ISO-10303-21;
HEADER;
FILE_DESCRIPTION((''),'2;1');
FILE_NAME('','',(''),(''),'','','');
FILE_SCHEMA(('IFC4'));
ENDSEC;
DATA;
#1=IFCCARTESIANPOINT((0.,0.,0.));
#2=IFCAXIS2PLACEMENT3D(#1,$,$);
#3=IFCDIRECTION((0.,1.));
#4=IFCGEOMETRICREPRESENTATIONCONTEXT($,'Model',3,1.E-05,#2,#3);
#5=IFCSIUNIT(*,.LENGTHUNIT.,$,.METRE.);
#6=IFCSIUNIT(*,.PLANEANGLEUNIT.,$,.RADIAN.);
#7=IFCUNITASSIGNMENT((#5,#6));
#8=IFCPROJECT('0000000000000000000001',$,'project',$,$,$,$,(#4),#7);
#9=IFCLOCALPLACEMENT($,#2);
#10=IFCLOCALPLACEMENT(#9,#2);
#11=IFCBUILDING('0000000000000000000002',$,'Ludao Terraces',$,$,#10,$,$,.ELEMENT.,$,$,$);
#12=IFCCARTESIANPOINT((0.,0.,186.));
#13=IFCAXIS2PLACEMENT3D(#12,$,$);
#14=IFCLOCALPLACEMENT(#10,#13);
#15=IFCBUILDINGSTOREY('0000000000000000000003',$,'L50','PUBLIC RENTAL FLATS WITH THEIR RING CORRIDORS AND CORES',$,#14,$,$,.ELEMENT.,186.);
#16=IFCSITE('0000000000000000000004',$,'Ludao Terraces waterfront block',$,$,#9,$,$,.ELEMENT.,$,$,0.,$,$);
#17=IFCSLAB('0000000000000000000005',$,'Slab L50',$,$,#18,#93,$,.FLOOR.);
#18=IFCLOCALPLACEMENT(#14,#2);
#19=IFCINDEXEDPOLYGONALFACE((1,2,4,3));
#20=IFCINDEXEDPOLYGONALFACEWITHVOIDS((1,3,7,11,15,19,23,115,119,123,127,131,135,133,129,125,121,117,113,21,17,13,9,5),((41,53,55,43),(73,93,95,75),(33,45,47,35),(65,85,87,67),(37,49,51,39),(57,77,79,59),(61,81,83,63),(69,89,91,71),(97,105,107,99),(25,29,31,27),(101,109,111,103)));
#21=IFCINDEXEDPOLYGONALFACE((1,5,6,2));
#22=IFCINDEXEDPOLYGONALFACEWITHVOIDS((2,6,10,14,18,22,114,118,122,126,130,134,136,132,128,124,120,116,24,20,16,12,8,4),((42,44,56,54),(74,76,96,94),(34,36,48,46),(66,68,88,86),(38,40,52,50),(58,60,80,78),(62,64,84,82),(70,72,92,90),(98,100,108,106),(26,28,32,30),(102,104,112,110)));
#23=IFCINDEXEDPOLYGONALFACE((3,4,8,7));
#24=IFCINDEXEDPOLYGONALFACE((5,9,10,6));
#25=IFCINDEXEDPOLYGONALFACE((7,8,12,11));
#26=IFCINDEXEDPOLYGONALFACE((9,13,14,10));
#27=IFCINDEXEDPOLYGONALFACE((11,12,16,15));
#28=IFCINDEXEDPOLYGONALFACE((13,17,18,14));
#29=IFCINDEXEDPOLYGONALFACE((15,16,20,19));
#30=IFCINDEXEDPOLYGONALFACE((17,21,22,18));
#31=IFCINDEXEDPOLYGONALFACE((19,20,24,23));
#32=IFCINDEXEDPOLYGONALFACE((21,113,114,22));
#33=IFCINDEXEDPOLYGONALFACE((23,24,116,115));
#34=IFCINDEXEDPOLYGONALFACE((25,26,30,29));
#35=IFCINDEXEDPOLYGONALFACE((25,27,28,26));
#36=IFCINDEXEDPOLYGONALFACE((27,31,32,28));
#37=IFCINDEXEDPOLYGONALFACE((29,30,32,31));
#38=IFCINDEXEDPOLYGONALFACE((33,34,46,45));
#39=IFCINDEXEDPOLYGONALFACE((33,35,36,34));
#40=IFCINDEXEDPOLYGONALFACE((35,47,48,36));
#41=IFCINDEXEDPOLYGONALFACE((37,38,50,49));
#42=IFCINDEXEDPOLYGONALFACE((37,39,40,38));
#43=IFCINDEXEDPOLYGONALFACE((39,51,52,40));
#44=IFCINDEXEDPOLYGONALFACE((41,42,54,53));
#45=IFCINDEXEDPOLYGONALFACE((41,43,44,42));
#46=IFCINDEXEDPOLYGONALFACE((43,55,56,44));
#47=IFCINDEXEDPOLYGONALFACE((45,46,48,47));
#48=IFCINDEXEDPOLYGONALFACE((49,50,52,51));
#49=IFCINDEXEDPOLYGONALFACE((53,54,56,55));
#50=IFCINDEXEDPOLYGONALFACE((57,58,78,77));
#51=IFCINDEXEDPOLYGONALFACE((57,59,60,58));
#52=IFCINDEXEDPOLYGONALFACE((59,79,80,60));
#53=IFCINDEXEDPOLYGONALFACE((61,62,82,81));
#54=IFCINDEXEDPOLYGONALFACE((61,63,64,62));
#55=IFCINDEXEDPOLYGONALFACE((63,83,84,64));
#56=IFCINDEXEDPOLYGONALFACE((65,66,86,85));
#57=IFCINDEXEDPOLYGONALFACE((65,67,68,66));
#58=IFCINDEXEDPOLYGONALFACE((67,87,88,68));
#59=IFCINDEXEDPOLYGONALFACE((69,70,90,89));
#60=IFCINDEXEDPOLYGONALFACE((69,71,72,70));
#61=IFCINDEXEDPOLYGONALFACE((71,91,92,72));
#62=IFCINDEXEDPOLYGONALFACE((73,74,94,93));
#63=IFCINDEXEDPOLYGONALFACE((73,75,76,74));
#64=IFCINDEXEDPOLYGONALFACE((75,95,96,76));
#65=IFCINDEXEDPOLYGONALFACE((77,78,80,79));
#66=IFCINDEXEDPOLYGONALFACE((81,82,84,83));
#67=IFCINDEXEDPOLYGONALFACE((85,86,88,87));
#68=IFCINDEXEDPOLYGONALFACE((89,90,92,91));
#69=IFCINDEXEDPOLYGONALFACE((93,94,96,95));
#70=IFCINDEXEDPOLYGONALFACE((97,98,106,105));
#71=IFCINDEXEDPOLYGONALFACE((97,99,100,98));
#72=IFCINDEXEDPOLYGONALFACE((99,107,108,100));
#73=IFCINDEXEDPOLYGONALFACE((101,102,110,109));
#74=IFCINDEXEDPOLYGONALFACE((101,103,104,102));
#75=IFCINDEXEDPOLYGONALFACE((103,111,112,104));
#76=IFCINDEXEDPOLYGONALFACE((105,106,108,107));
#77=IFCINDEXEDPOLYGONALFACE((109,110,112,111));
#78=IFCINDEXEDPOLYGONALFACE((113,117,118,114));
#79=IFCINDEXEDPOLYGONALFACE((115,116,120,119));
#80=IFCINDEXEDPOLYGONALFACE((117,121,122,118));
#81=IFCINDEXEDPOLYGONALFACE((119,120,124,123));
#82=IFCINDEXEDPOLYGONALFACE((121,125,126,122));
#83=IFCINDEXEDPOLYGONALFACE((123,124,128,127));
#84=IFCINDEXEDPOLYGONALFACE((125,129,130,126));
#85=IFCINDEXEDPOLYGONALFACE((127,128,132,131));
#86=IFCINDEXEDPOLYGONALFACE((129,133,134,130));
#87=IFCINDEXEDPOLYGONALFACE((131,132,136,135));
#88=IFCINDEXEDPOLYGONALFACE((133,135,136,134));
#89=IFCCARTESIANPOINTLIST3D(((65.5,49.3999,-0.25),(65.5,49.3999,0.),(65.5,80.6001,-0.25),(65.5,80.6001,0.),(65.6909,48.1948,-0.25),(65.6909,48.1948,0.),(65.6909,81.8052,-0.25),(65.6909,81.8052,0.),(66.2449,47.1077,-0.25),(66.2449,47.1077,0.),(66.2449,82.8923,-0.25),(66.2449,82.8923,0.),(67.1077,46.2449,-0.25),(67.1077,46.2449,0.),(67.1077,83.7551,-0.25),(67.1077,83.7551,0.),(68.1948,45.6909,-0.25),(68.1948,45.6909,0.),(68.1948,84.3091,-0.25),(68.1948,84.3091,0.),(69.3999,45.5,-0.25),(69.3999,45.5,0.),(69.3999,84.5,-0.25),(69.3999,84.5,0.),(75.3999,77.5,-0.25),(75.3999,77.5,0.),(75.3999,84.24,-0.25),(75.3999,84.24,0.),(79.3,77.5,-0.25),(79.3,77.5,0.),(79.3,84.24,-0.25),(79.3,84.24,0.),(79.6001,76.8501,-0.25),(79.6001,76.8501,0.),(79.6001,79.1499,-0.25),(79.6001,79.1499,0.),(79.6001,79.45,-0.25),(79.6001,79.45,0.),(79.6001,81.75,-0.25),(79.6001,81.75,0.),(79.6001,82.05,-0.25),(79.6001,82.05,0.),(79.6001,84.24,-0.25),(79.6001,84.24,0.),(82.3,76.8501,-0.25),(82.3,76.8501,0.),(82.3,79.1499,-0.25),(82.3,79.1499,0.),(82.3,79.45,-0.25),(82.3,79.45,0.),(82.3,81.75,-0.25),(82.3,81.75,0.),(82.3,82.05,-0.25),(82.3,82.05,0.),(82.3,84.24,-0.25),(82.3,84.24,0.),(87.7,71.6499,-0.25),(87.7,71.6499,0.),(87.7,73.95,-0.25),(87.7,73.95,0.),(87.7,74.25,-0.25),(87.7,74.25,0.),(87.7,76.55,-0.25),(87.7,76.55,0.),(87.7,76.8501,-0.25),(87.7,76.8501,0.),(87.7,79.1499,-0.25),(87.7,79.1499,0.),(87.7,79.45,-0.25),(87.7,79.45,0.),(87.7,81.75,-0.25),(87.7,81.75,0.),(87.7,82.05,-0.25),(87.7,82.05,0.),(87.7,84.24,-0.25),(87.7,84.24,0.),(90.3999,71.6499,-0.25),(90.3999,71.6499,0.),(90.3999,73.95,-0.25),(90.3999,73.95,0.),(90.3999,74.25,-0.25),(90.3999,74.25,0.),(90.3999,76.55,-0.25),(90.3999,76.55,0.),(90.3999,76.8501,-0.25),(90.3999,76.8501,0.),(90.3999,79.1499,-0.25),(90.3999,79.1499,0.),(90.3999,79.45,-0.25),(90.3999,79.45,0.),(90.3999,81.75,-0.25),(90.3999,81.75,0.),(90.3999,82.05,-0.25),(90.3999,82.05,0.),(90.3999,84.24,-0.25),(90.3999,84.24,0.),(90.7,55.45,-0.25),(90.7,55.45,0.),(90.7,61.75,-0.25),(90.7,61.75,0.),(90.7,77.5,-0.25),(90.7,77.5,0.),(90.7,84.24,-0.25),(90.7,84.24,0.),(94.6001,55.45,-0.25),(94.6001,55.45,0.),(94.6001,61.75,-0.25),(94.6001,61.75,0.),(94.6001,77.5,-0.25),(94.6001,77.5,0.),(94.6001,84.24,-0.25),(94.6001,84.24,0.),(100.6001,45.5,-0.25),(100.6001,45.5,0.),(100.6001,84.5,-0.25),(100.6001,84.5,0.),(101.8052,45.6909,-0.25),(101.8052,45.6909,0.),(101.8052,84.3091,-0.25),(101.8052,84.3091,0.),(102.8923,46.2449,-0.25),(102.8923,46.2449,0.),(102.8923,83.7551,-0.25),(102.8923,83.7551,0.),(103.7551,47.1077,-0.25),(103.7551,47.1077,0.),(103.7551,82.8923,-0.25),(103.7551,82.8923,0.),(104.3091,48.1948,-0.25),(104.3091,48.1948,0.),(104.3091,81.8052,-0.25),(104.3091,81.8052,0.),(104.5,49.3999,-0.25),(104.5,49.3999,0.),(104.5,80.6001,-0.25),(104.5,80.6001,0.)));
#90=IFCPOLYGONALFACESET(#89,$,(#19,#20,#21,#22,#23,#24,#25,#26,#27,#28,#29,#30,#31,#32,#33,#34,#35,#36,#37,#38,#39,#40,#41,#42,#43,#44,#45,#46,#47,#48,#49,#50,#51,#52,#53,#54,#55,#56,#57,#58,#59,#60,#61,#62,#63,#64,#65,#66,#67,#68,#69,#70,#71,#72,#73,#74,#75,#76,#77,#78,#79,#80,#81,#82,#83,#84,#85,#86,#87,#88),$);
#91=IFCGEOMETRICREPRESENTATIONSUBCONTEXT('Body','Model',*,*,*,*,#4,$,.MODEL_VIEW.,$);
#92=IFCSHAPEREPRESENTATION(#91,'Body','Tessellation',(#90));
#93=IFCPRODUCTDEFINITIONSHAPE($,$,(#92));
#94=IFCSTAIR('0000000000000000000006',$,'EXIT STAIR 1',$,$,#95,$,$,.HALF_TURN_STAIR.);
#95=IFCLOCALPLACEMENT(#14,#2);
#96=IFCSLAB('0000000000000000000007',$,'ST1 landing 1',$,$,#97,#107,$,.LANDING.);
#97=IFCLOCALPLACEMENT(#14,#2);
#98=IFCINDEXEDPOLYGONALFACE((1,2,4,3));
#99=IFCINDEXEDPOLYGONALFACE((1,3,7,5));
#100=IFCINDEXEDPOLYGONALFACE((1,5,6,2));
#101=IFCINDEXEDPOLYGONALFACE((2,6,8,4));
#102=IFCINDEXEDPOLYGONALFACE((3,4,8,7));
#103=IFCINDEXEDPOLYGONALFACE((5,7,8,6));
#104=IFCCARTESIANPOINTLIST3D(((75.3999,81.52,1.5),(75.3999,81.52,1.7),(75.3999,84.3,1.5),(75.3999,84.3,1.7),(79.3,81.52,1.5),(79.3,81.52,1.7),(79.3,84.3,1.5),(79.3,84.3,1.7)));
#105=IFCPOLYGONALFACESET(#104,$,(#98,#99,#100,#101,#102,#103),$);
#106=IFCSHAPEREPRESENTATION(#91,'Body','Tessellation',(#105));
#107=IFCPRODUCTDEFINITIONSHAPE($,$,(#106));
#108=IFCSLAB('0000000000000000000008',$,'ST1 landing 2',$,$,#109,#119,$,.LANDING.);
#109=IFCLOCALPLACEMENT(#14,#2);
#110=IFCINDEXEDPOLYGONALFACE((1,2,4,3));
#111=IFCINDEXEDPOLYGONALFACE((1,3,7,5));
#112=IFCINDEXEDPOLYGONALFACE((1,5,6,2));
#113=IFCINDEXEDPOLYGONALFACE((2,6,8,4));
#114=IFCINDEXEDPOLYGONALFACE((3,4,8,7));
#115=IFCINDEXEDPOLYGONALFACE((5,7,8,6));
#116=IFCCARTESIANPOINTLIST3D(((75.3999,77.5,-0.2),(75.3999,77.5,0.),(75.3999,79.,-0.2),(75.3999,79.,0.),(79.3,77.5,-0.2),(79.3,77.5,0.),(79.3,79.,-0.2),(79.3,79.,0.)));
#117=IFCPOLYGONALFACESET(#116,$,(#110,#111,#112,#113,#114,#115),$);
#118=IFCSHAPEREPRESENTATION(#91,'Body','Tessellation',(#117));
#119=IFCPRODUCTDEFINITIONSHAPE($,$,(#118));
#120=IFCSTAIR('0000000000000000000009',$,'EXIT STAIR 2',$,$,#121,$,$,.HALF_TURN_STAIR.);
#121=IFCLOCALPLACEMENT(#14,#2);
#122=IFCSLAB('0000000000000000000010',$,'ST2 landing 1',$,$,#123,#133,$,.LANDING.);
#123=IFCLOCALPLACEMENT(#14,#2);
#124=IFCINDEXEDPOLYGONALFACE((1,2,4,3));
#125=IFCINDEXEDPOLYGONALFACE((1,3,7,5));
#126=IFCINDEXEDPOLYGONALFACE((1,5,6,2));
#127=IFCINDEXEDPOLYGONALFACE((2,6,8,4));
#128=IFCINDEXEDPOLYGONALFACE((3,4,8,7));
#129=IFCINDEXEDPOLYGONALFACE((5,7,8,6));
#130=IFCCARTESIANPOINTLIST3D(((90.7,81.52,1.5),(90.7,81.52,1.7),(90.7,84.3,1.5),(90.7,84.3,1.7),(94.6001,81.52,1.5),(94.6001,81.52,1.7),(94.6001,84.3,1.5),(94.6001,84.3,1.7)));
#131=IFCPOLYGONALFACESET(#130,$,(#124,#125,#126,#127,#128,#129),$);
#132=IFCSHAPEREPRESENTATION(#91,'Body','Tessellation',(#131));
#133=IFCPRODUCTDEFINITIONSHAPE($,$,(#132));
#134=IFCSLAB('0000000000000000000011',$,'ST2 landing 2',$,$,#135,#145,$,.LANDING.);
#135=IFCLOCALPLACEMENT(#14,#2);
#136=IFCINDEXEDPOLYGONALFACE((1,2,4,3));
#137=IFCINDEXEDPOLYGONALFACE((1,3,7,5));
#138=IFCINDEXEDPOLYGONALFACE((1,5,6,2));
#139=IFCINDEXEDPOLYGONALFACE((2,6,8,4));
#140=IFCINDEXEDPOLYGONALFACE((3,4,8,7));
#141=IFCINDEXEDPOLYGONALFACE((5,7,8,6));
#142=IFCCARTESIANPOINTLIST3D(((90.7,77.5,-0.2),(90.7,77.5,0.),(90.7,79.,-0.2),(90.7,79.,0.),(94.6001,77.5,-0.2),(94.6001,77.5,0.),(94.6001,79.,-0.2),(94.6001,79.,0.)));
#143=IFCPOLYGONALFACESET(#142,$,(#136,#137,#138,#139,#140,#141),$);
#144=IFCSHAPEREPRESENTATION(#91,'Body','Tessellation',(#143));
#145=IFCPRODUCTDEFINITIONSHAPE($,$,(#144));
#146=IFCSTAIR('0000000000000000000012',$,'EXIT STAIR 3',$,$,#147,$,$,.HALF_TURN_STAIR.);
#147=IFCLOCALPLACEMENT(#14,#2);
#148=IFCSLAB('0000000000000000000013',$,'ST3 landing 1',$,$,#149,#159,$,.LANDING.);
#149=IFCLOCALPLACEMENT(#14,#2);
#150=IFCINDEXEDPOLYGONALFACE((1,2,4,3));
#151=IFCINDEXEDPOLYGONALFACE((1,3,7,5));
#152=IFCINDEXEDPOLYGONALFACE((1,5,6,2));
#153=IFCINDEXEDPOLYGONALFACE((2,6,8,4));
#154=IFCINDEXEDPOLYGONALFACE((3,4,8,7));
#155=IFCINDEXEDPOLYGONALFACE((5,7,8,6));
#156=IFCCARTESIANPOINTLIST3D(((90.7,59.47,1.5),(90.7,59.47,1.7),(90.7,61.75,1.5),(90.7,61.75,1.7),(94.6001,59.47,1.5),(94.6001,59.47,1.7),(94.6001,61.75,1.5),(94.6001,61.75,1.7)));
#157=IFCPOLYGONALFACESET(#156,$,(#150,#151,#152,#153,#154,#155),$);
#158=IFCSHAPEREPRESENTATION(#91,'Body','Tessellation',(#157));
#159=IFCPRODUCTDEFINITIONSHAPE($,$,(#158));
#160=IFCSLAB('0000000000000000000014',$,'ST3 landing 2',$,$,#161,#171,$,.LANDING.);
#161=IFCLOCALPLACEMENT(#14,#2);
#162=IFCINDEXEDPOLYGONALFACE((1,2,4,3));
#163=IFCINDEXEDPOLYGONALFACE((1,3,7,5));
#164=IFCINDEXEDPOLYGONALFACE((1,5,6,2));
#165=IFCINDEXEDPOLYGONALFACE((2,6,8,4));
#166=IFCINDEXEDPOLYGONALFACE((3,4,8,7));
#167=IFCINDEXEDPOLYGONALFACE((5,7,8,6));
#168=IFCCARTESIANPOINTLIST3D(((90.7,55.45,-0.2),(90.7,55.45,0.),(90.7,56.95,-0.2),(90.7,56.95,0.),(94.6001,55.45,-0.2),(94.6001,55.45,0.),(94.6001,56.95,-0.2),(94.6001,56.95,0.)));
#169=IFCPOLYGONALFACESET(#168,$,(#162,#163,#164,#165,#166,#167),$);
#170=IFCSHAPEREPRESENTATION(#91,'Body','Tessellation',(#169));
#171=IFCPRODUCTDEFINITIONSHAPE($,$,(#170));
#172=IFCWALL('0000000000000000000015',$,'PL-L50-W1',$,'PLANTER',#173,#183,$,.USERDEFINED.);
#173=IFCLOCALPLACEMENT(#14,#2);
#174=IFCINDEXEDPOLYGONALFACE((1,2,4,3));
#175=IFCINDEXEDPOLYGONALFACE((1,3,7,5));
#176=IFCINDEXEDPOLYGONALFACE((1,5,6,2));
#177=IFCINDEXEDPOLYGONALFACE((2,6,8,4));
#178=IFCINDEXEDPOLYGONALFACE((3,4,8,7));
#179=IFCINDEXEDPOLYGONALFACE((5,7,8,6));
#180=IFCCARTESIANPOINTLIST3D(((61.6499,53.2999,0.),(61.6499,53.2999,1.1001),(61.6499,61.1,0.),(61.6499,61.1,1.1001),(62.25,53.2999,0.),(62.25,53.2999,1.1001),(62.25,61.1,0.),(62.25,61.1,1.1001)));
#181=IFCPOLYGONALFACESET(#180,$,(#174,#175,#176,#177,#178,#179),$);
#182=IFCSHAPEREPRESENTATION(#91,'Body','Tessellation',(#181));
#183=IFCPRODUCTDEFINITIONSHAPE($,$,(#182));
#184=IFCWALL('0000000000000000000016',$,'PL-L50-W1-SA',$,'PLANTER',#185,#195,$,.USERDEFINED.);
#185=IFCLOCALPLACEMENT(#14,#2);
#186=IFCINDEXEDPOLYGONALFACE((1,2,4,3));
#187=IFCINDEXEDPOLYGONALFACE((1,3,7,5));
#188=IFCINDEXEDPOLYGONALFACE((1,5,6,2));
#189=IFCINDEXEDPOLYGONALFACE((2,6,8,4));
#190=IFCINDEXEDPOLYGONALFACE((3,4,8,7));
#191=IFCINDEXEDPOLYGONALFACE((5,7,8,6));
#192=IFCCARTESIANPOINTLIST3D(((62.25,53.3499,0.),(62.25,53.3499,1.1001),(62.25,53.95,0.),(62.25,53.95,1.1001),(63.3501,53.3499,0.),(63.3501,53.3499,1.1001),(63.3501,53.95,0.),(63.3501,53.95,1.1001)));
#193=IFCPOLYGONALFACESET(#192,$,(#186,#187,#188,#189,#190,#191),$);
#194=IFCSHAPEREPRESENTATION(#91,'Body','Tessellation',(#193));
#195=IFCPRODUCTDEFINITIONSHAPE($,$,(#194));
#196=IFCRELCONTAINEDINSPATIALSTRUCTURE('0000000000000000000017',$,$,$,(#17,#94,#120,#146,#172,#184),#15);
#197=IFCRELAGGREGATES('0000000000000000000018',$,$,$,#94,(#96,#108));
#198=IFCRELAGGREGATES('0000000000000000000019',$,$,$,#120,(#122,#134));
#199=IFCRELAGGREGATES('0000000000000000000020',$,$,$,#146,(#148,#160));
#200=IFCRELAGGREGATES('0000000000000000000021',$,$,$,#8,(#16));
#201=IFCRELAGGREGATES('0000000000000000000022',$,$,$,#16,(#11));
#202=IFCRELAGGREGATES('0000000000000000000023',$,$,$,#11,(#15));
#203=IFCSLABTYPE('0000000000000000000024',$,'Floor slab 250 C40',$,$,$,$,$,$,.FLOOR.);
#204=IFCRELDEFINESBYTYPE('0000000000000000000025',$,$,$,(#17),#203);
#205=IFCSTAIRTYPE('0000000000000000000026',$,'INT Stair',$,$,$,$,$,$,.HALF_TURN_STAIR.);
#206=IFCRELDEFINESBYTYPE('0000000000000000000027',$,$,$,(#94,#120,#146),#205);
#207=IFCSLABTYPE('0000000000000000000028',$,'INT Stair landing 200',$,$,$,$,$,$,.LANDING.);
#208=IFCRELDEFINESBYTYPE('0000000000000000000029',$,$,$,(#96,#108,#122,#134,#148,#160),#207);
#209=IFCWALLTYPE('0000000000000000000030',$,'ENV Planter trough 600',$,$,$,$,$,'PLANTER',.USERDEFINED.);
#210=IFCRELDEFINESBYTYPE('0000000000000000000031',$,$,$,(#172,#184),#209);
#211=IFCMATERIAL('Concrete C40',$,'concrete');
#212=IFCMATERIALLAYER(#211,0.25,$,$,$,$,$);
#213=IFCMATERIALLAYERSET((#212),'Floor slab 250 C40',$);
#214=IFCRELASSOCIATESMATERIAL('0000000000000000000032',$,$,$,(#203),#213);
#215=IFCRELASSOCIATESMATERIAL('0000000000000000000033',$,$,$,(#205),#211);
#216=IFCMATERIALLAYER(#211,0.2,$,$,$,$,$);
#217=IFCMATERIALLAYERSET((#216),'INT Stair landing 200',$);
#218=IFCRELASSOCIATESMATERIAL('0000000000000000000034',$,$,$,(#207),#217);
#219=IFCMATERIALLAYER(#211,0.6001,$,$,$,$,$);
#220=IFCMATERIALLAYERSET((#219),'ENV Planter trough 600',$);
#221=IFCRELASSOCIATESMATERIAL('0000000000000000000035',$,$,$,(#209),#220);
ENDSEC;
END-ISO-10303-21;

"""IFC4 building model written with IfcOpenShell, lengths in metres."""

from ifc_helpers import new_model, si_unit, direction, frame, frame_2d, origin, place, context, subcontext, project, spatial, polyline, rectangle, outline, extrude, material, layer, layer_set, type_object, element, aggregate, save


model = new_model("IFC4")

# Units and contexts
model_context = context("Model", 3, precision=1e-05, world=origin(), true_north=direction((0.0, 1.0)))
body_context = subcontext(model_context, "Body", "Model", "MODEL_VIEW")
ifc_project = project(units=[si_unit("LENGTHUNIT", "METRE"), si_unit("PLANEANGLEUNIT", "RADIAN")], contexts=[model_context])

# Site, building, storey
site_placement = place(None, origin())
site = spatial("IfcSite", under=ifc_project, at=site_placement, Name="Ludao Terraces waterfront block", CompositionType="ELEMENT", RefElevation=0.0)
building_placement = place(site_placement, origin())
building = spatial("IfcBuilding", under=site, at=building_placement, Name="Ludao Terraces", CompositionType="ELEMENT")
storey_placement = place(building_placement, frame((0.0, 0.0, 186.0)))
storey = spatial("IfcBuildingStorey", under=building, at=storey_placement, Name="L50", Description="PUBLIC RENTAL FLATS WITH THEIR RING CORRIDORS AND CORES", CompositionType="ELEMENT", Elevation=186.0)

# Shared definitions
ifc_material_1 = material(Name="Concrete C40", Category="concrete")

# Slab
ifc_layer_1 = layer(ifc_material_1, 0.25)
ifc_layer_set_1 = layer_set([ifc_layer_1], Name="Floor slab 250 C40")
slab_type_1 = type_object("IfcSlabType", Name="Floor slab 250 C40", PredefinedType="FLOOR", material=ifc_layer_set_1)
slab_1_placement = place(storey_placement, frame((0.0, 0.0, -0.25)))
element("IfcSlab", 1, at=slab_1_placement, inside=storey, type_object=slab_type_1, Name="Slab L50", PredefinedType="FLOOR", context=body_context, shape_type="SweptSolid", body=[
    extrude(outline(polyline([(100.6001, 45.5), (101.8052, 45.6909), (102.8923, 46.2449), (103.7551, 47.1077), (104.3091, 48.1948), (104.5, 49.3999), (104.5, 80.6001), (104.3091, 81.8052), (103.7551, 82.8923), (102.8923, 83.7551), (101.8052, 84.3091), (100.6001, 84.5), (69.3999, 84.5), (68.1948, 84.3091), (67.1077, 83.7551), (66.2449, 82.8923), (65.6909, 81.8052), (65.5, 80.6001), (65.5, 49.3999), (65.6909, 48.1948), (66.2449, 47.1077), (67.1077, 46.2449), (68.1948, 45.6909), (69.3999, 45.5), (100.6001, 45.5)]), holes=[polyline([(79.6001, 76.8501), (82.3, 76.8501), (82.3, 79.1499), (79.6001, 79.1499), (79.6001, 76.8501)]), polyline([(79.6001, 79.45), (82.3, 79.45), (82.3, 81.75), (79.6001, 81.75), (79.6001, 79.45)]), polyline([(79.6001, 82.05), (82.3, 82.05), (82.3, 84.24), (79.6001, 84.24), (79.6001, 82.05)]), polyline([(87.7, 71.6499), (90.3999, 71.6499), (90.3999, 73.95), (87.7, 73.95), (87.7, 71.6499)]), polyline([(87.7, 74.25), (90.3999, 74.25), (90.3999, 76.55), (87.7, 76.55), (87.7, 74.25)]), polyline([(87.7, 76.8501), (90.3999, 76.8501), (90.3999, 79.1499), (87.7, 79.1499), (87.7, 76.8501)]), polyline([(87.7, 79.45), (90.3999, 79.45), (90.3999, 81.75), (87.7, 81.75), (87.7, 79.45)]), polyline([(87.7, 82.05), (90.3999, 82.05), (90.3999, 84.24), (87.7, 84.24), (87.7, 82.05)]), polyline([(75.3999, 77.5), (79.3, 77.5), (79.3, 84.24), (75.3999, 84.24), (75.3999, 77.5)]), polyline([(90.7, 77.5), (94.6001, 77.5), (94.6001, 84.24), (90.7, 84.24), (90.7, 77.5)]), polyline([(90.7, 55.45), (94.6001, 55.45), (94.6001, 61.75), (90.7, 61.75), (90.7, 55.45)])]), origin(), (0.0, 0.0, 1.0), 0.25),
])

# Stairs, slabs
stair_type = type_object("IfcStairType", Name="INT Stair", PredefinedType="HALF_TURN_STAIR", material=ifc_material_1)
stair_1_placement = place(storey_placement, origin())
stair_1 = element("IfcStair", 2, at=stair_1_placement, inside=storey, type_object=stair_type, Name="EXIT STAIR 1", PredefinedType="HALF_TURN_STAIR")
ifc_layer_2 = layer(ifc_material_1, 0.2)
ifc_layer_set_2 = layer_set([ifc_layer_2], Name="INT Stair landing 200")
slab_type_2 = type_object("IfcSlabType", Name="INT Stair landing 200", PredefinedType="LANDING", material=ifc_layer_set_2)
slab_2_placement = place(storey_placement, frame((0.0, 0.0, 1.5)))
slab_2 = element("IfcSlab", 3, at=slab_2_placement, type_object=slab_type_2, Name="ST1 landing 1", PredefinedType="LANDING", context=body_context, shape_type="SweptSolid", body=[
    extrude(outline(polyline([(75.3999, 81.52), (79.3, 81.52), (79.3, 84.3), (75.3999, 84.3), (75.3999, 81.52)])), origin(), (0.0, 0.0, 1.0), 0.2),
])
slab_3_placement = place(storey_placement, frame((0.0, 0.0, -0.2)))
slab_3 = element("IfcSlab", 4, at=slab_3_placement, type_object=slab_type_2, Name="ST1 landing 2", PredefinedType="LANDING", context=body_context, shape_type="SweptSolid", body=[
    extrude(outline(polyline([(75.3999, 77.5), (79.3, 77.5), (79.3, 79.0), (75.3999, 79.0), (75.3999, 77.5)])), origin(), (0.0, 0.0, 1.0), 0.2),
])
aggregate(stair_1, [slab_2, slab_3])
stair_2_placement = place(storey_placement, origin())
stair_2 = element("IfcStair", 5, at=stair_2_placement, inside=storey, type_object=stair_type, Name="EXIT STAIR 2", PredefinedType="HALF_TURN_STAIR")
slab_4_placement = place(storey_placement, frame((0.0, 0.0, 1.5)))
slab_4 = element("IfcSlab", 6, at=slab_4_placement, type_object=slab_type_2, Name="ST2 landing 1", PredefinedType="LANDING", context=body_context, shape_type="SweptSolid", body=[
    extrude(outline(polyline([(90.7, 81.52), (94.6001, 81.52), (94.6001, 84.3), (90.7, 84.3), (90.7, 81.52)])), origin(), (0.0, 0.0, 1.0), 0.2),
])
slab_5_placement = place(storey_placement, frame((0.0, 0.0, -0.2)))
slab_5 = element("IfcSlab", 7, at=slab_5_placement, type_object=slab_type_2, Name="ST2 landing 2", PredefinedType="LANDING", context=body_context, shape_type="SweptSolid", body=[
    extrude(outline(polyline([(90.7, 77.5), (94.6001, 77.5), (94.6001, 79.0), (90.7, 79.0), (90.7, 77.5)])), origin(), (0.0, 0.0, 1.0), 0.2),
])
aggregate(stair_2, [slab_4, slab_5])
stair_3_placement = place(storey_placement, origin())
stair_3 = element("IfcStair", 8, at=stair_3_placement, inside=storey, type_object=stair_type, Name="EXIT STAIR 3", PredefinedType="HALF_TURN_STAIR")
slab_6_placement = place(storey_placement, frame((0.0, 0.0, 1.5)))
slab_6 = element("IfcSlab", 9, at=slab_6_placement, type_object=slab_type_2, Name="ST3 landing 1", PredefinedType="LANDING", context=body_context, shape_type="SweptSolid", body=[
    extrude(outline(polyline([(90.7, 59.47), (94.6001, 59.47), (94.6001, 61.75), (90.7, 61.75), (90.7, 59.47)])), origin(), (0.0, 0.0, 1.0), 0.2),
])
slab_7_placement = place(storey_placement, frame((0.0, 0.0, -0.2)))
slab_7 = element("IfcSlab", 10, at=slab_7_placement, type_object=slab_type_2, Name="ST3 landing 2", PredefinedType="LANDING", context=body_context, shape_type="SweptSolid", body=[
    extrude(outline(polyline([(90.7, 55.45), (94.6001, 55.45), (94.6001, 56.95), (90.7, 56.95), (90.7, 55.45)])), origin(), (0.0, 0.0, 1.0), 0.2),
])
aggregate(stair_3, [slab_6, slab_7])

# Walls
ifc_layer_3 = layer(ifc_material_1, 0.6001)
ifc_layer_set_3 = layer_set([ifc_layer_3], Name="ENV Planter trough 600")
wall_type = type_object("IfcWallType", Name="ENV Planter trough 600", ElementType="PLANTER", PredefinedType="USERDEFINED", material=ifc_layer_set_3)
wall_1_placement = place(storey_placement, frame((61.95, 53.3, 0.0), z_axis=(0.0, 0.0, 1.0), x_axis=(0.0, 1.0, 0.0)))
element("IfcWall", 11, at=wall_1_placement, inside=storey, type_object=wall_type, Name="PL-L50-W1", ObjectType="PLANTER", PredefinedType="USERDEFINED", context=body_context, shape_type="SweptSolid", body=[
    extrude(rectangle(XDim=7.8, YDim=0.6001, at=frame_2d((3.8999, 0.0))), origin(), (0.0, 0.0, 1.0), 1.1001),
])
wall_2_placement = place(storey_placement, frame((62.25, 53.6499, 0.0), z_axis=(0.0, 0.0, 1.0), x_axis=(1.0, 0.0, 0.0)))
element("IfcWall", 12, at=wall_2_placement, inside=storey, type_object=wall_type, Name="PL-L50-W1-SA", ObjectType="PLANTER", PredefinedType="USERDEFINED", context=body_context, shape_type="SweptSolid", body=[
    extrude(rectangle(XDim=1.1001, YDim=0.6001, at=frame_2d((0.55, 0.0))), origin(), (0.0, 0.0, 1.0), 1.1001),
])

save(model, "model.ifc")
